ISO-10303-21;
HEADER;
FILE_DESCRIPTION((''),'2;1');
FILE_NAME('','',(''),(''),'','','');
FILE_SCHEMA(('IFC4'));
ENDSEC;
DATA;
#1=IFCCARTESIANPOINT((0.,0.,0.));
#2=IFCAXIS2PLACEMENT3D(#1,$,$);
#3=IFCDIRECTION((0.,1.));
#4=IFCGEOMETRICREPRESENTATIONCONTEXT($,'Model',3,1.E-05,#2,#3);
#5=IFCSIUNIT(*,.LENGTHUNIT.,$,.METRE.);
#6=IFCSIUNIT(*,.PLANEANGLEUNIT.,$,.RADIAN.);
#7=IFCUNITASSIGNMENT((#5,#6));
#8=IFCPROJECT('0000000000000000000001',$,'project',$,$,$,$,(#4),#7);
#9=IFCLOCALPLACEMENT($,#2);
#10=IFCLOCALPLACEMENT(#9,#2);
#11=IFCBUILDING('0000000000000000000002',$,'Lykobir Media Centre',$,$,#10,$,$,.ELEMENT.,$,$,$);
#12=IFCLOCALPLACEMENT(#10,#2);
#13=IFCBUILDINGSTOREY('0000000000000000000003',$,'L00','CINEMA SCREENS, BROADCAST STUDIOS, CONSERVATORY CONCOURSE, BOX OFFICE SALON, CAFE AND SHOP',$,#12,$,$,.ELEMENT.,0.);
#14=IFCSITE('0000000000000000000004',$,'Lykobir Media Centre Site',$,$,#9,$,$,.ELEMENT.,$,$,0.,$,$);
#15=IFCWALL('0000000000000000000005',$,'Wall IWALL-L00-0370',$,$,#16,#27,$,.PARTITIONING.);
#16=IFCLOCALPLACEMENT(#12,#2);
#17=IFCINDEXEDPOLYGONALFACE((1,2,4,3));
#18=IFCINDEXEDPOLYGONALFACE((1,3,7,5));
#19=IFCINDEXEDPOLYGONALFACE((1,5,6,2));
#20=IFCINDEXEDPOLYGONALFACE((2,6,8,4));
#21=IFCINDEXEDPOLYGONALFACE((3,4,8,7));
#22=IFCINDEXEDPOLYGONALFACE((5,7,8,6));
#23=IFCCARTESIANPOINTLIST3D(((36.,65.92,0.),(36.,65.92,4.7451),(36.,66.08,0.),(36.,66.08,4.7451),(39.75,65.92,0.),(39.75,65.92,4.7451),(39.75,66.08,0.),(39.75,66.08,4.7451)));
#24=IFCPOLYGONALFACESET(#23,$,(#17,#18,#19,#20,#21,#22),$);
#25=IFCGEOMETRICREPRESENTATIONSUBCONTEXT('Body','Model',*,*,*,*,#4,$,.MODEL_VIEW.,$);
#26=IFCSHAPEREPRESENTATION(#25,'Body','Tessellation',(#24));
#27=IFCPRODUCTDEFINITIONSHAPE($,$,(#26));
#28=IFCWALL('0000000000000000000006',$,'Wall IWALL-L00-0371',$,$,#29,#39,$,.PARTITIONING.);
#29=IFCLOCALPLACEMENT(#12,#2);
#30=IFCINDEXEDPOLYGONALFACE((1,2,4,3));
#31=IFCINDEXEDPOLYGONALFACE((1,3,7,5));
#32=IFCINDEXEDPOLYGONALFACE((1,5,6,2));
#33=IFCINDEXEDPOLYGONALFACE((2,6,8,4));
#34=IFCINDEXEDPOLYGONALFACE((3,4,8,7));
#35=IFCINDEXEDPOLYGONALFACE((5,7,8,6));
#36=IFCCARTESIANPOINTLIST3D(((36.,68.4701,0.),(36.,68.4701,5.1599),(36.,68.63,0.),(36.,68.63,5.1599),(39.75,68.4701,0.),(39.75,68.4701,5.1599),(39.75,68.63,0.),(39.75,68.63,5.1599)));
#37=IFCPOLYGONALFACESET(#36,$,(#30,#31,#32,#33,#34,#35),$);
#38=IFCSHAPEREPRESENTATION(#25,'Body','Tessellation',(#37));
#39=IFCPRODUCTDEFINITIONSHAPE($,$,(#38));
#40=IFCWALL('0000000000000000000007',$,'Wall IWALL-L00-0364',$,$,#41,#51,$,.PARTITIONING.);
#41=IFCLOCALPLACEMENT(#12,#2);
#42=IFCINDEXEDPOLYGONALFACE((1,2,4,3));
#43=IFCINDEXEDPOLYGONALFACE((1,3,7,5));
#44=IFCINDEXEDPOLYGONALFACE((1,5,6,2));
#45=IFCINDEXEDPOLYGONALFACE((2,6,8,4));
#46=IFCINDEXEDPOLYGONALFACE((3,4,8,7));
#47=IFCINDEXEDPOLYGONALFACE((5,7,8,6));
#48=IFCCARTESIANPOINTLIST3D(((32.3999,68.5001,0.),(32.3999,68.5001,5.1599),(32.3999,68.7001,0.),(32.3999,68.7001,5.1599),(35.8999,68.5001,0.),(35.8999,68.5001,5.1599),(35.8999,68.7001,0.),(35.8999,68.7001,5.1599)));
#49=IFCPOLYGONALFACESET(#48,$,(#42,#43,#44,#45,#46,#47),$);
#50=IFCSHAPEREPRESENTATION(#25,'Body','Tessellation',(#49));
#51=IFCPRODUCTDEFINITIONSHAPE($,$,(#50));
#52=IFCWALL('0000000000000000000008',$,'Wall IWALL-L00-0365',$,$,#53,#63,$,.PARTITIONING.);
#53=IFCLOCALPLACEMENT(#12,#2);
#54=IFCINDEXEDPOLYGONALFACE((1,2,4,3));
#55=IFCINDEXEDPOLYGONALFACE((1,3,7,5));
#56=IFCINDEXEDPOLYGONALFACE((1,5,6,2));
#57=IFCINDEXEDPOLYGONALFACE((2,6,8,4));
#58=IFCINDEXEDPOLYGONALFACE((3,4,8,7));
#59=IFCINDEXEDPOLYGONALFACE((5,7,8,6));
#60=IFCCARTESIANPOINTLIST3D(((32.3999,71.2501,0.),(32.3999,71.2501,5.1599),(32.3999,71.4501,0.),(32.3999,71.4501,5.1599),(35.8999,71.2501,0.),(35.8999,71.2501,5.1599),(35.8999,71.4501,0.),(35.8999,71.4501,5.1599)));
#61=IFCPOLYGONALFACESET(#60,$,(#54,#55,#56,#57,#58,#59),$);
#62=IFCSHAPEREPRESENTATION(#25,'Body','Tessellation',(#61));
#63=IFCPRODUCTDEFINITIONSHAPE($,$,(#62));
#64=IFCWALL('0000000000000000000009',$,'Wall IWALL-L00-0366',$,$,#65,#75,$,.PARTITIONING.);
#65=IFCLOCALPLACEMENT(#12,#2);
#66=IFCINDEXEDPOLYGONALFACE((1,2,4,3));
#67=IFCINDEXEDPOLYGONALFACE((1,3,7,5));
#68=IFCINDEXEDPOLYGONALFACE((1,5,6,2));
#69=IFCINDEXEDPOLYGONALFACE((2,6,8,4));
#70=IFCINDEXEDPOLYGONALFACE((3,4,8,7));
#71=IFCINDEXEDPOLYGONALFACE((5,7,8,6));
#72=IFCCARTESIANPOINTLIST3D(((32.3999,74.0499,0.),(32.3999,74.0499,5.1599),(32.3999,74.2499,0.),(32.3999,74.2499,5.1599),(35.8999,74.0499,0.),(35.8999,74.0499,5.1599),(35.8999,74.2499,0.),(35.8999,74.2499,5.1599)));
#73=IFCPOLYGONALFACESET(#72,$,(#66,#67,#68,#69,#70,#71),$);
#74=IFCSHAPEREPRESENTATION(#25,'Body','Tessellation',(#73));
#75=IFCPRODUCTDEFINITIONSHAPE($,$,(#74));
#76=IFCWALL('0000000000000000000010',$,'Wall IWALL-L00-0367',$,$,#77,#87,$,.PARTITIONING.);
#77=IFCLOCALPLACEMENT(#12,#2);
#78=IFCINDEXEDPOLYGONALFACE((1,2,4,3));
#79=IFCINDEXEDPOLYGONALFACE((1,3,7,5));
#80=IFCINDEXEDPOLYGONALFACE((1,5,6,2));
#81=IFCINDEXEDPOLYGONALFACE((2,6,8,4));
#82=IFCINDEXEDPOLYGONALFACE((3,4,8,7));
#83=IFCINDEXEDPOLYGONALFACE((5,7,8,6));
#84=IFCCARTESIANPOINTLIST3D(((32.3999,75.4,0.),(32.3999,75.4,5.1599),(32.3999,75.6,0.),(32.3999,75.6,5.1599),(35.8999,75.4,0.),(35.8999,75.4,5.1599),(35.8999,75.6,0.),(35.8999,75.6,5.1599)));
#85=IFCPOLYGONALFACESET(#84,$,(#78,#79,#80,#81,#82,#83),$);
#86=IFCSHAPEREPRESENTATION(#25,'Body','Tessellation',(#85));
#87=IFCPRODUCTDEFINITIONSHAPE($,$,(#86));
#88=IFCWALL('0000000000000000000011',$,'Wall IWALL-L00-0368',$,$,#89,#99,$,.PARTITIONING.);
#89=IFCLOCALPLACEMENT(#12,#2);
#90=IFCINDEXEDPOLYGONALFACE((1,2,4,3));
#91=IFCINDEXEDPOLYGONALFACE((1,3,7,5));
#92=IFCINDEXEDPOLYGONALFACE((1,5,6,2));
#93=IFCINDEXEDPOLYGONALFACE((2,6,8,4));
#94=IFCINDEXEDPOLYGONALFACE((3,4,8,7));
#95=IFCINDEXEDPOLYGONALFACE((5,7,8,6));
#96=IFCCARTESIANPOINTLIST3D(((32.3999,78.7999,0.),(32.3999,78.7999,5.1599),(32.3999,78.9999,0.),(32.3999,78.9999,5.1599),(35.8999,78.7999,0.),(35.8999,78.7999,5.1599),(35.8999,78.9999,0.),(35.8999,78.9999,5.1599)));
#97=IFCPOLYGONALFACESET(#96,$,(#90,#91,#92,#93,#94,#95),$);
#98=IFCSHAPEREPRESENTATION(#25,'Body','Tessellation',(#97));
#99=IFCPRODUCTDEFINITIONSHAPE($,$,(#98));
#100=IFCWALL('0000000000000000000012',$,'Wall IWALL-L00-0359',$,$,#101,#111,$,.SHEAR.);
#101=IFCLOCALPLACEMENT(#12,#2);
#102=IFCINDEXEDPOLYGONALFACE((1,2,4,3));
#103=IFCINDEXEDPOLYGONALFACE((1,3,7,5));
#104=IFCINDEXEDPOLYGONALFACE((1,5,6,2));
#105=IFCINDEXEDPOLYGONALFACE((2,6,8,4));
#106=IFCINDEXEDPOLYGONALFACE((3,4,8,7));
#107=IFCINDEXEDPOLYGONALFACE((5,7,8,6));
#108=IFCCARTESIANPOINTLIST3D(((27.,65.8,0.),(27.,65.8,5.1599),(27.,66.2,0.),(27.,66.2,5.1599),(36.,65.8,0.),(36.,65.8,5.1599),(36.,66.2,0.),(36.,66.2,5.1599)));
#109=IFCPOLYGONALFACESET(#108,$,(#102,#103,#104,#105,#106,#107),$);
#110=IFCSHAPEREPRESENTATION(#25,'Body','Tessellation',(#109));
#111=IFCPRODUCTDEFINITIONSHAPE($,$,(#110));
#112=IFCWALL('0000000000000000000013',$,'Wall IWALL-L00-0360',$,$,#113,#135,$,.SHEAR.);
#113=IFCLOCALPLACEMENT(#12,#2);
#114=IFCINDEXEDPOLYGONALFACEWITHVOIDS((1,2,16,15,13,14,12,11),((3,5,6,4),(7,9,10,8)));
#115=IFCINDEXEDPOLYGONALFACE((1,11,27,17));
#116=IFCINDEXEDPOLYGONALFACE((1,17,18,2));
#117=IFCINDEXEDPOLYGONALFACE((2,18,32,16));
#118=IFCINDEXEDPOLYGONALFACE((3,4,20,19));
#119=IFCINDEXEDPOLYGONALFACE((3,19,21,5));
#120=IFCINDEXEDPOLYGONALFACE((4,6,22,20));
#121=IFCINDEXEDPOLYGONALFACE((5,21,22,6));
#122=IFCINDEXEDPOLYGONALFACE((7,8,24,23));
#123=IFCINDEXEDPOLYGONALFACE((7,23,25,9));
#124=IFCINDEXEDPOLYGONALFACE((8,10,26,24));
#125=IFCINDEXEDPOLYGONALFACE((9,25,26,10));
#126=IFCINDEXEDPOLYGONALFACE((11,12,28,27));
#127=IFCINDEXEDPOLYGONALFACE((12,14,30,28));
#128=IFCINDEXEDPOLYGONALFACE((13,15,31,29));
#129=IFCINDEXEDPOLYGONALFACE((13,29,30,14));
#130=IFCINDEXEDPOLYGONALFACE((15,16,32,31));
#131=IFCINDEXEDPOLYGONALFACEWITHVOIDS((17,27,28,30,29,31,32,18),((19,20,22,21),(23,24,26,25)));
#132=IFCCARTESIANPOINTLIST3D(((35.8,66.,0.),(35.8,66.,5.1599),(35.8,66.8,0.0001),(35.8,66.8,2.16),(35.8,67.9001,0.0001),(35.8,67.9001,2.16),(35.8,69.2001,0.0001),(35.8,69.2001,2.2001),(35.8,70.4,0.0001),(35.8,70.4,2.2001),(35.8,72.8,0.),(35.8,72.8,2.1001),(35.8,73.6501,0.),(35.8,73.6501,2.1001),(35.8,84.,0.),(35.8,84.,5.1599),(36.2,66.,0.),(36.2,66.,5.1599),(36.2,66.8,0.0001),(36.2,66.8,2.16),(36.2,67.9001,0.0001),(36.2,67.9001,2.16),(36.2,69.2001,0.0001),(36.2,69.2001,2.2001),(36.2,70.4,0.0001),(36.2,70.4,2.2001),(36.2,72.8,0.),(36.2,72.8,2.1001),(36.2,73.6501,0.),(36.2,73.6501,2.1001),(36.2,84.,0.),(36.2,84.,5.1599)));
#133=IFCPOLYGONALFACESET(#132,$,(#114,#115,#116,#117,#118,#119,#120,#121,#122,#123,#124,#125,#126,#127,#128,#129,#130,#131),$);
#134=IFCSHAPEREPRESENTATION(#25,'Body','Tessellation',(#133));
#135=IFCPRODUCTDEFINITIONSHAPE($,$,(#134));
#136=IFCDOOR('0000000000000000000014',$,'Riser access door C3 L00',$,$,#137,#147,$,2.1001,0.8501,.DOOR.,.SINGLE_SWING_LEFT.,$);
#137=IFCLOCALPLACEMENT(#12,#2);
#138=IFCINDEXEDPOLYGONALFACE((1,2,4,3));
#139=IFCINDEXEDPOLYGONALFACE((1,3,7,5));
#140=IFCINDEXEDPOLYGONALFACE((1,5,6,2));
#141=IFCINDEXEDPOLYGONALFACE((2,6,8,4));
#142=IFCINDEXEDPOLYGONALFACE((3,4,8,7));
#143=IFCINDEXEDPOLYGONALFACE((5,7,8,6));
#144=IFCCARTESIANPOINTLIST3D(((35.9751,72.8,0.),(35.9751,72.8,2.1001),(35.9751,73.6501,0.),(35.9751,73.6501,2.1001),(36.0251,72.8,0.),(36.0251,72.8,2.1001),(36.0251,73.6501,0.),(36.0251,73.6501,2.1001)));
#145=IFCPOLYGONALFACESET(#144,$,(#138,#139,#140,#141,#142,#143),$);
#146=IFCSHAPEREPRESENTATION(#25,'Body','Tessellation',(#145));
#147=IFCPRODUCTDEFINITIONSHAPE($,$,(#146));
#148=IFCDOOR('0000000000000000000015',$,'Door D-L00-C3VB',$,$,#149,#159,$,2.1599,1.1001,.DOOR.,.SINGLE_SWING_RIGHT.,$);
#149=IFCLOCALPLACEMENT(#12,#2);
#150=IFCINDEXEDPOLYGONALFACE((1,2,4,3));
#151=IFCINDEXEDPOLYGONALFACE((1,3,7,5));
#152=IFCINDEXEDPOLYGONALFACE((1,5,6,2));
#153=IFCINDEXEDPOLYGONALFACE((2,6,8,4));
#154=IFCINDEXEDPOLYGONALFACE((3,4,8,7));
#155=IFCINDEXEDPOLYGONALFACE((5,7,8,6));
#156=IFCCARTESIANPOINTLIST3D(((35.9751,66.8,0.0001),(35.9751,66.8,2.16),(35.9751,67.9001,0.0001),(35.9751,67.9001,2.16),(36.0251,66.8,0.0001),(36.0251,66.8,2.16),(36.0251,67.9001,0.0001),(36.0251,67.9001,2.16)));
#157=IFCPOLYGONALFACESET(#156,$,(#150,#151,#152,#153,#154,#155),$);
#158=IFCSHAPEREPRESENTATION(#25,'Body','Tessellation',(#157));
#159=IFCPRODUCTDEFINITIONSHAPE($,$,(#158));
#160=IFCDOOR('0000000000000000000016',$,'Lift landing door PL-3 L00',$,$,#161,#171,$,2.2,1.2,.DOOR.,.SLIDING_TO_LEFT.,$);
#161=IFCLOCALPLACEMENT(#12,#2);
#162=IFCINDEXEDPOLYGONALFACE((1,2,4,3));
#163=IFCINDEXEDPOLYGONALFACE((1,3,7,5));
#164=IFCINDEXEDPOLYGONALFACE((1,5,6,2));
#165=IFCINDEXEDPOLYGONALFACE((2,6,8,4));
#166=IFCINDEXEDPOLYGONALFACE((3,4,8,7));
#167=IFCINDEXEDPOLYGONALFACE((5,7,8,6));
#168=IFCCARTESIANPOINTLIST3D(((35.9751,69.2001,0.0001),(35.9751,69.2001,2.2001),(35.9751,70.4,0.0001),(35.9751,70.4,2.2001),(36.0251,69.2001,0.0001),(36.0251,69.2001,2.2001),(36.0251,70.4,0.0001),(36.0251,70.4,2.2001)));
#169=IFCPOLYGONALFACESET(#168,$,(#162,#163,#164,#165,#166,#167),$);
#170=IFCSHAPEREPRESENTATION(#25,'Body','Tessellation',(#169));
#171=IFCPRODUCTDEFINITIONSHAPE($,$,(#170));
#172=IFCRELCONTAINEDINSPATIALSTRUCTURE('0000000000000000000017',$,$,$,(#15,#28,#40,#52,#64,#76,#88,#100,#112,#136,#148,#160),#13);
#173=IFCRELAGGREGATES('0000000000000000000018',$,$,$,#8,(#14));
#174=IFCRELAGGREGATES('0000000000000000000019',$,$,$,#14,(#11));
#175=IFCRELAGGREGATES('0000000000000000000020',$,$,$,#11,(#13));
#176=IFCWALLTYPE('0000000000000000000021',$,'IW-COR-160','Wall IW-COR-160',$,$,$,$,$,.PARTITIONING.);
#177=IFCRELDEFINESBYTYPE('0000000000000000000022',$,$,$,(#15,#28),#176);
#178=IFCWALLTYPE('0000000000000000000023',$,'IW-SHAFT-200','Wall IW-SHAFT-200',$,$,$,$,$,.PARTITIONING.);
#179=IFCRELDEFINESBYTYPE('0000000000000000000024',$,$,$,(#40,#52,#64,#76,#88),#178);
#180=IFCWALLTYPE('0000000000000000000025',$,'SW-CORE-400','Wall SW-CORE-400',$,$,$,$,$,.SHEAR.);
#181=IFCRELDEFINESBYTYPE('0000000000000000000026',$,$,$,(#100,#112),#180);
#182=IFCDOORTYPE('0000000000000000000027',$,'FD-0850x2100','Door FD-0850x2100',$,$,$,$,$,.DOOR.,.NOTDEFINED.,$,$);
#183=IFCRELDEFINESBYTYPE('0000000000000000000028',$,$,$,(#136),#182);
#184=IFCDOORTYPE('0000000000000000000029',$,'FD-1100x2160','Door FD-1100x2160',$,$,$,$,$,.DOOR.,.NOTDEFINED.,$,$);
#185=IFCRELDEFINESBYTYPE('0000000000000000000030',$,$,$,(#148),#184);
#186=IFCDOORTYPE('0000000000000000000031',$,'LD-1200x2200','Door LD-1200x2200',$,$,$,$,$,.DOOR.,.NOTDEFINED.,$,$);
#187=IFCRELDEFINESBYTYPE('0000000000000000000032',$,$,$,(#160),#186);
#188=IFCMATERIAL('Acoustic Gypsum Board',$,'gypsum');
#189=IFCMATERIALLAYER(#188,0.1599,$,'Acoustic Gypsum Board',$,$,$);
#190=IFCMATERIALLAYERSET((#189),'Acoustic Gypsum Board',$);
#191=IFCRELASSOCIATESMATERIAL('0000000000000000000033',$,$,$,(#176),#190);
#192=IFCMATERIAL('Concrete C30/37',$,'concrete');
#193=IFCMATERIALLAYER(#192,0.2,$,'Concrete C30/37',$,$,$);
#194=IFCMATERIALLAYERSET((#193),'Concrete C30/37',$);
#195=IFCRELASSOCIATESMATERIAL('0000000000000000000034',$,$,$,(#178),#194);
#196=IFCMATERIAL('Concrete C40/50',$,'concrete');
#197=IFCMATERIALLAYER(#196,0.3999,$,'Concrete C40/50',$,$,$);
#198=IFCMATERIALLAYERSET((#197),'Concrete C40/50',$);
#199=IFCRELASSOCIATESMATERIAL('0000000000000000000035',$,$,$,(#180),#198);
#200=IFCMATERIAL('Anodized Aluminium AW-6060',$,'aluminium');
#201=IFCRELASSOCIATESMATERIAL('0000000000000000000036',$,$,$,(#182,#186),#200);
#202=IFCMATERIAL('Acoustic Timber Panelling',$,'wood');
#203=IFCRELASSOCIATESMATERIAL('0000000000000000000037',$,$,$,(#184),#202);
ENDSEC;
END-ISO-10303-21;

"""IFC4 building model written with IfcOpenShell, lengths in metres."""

from ifc_helpers import new_model, si_unit, direction, frame, frame_2d, origin, place, context, subcontext, project, spatial, rectangle, extrude, material, layer, layer_set, type_object, element, fill, save


model = new_model("IFC4")

# Units and contexts
model_context = context("Model", 3, precision=1e-05, world=origin(), true_north=direction((0.0, 1.0)))
body_context = subcontext(model_context, "Body", "Model", "MODEL_VIEW")
ifc_project = project(units=[si_unit("LENGTHUNIT", "METRE"), si_unit("PLANEANGLEUNIT", "RADIAN")], contexts=[model_context])

# Site, building, storey
site_placement = place(None, origin())
site = spatial("IfcSite", under=ifc_project, at=site_placement, Name="Lykobir Media Centre Site", CompositionType="ELEMENT", RefElevation=0.0)
building_placement = place(site_placement, origin())
building = spatial("IfcBuilding", under=site, at=building_placement, Name="Lykobir Media Centre", CompositionType="ELEMENT")
storey_placement = place(building_placement, origin())
storey = spatial("IfcBuildingStorey", under=building, at=storey_placement, Name="L00", Description="CINEMA SCREENS, BROADCAST STUDIOS, CONSERVATORY CONCOURSE, BOX OFFICE SALON, CAFE AND SHOP", CompositionType="ELEMENT", Elevation=0.0)

# Shared definitions
ifc_material_1 = material(Name="Concrete C40/50", Category="concrete")

# Walls
ifc_material_2 = material(Name="Acoustic Gypsum Board", Category="gypsum")
ifc_layer_1 = layer(ifc_material_2, 0.1599, Name="Acoustic Gypsum Board")
ifc_layer_set_1 = layer_set([ifc_layer_1], Name="Acoustic Gypsum Board")
wall_type_1 = type_object("IfcWallType", Name="IW-COR-160", Description="Wall IW-COR-160", PredefinedType="PARTITIONING", material=ifc_layer_set_1)
wall_1_placement = place(storey_placement, frame((36.0, 66.0, 0.0), z_axis=(0.0, 0.0, 1.0), x_axis=(1.0, 0.0, 0.0)))
element("IfcWall", 1, at=wall_1_placement, inside=storey, type_object=wall_type_1, Name="Wall IWALL-L00-0370", PredefinedType="PARTITIONING", context=body_context, shape_type="SweptSolid", body=[
    extrude(rectangle(XDim=3.75, YDim=0.1599, at=frame_2d((1.875, 0.0))), origin(), (0.0, 0.0, 1.0), 4.7451),
])
wall_2_placement = place(storey_placement, frame((36.0, 68.55, 0.0), z_axis=(0.0, 0.0, 1.0), x_axis=(1.0, 0.0, 0.0)))
element("IfcWall", 2, at=wall_2_placement, inside=storey, type_object=wall_type_1, Name="Wall IWALL-L00-0371", PredefinedType="PARTITIONING", context=body_context, shape_type="SweptSolid", body=[
    extrude(rectangle(XDim=3.75, YDim=0.1599, at=frame_2d((1.875, 0.0))), origin(), (0.0, 0.0, 1.0), 5.1599),
])
ifc_material_3 = material(Name="Concrete C30/37", Category="concrete")
ifc_layer_2 = layer(ifc_material_3, 0.2, Name="Concrete C30/37")
ifc_layer_set_2 = layer_set([ifc_layer_2], Name="Concrete C30/37")
wall_type_2 = type_object("IfcWallType", Name="IW-SHAFT-200", Description="Wall IW-SHAFT-200", PredefinedType="PARTITIONING", material=ifc_layer_set_2)
for number, where, z_axis, x_axis, name in (
    (3, (32.3999, 68.6001, 0.0), (0.0, 0.0, 1.0), (1.0, 0.0, 0.0), "Wall IWALL-L00-0364"),
    (4, (32.3999, 71.3501, 0.0), (0.0, 0.0, 1.0), (1.0, 0.0, 0.0), "Wall IWALL-L00-0365"),
    (5, (32.3999, 74.1499, 0.0), (0.0, 0.0, 1.0), (1.0, 0.0, 0.0), "Wall IWALL-L00-0366"),
    (6, (32.3999, 75.5, 0.0), (0.0, 0.0, 1.0), (1.0, 0.0, 0.0), "Wall IWALL-L00-0367"),
    (7, (32.3999, 78.8999, 0.0), (0.0, 0.0, 1.0), (1.0, 0.0, 0.0), "Wall IWALL-L00-0368"),
):
    element("IfcWall", number, at=place(storey_placement, frame(where, z_axis=z_axis, x_axis=x_axis)), inside=storey, type_object=wall_type_2, Name=name, PredefinedType="PARTITIONING", context=body_context, shape_type="SweptSolid", body=[
        extrude(rectangle(XDim=3.5, YDim=0.2, at=frame_2d((1.75, 0.0))), origin(), (0.0, 0.0, 1.0), 5.1599),
    ])
ifc_layer_3 = layer(ifc_material_1, 0.3999, Name="Concrete C40/50")
ifc_layer_set_3 = layer_set([ifc_layer_3], Name="Concrete C40/50")
wall_type_3 = type_object("IfcWallType", Name="SW-CORE-400", Description="Wall SW-CORE-400", PredefinedType="SHEAR", material=ifc_layer_set_3)
wall_3_placement = place(storey_placement, frame((27.0, 66.0, 0.0), z_axis=(0.0, 0.0, 1.0), x_axis=(1.0, 0.0, 0.0)))
element("IfcWall", 8, at=wall_3_placement, inside=storey, type_object=wall_type_3, Name="Wall IWALL-L00-0359", PredefinedType="SHEAR", context=body_context, shape_type="SweptSolid", body=[
    extrude(rectangle(XDim=9.0, YDim=0.3999, at=frame_2d((4.5, 0.0))), origin(), (0.0, 0.0, 1.0), 5.1599),
])

# Wall, openings, doors
wall_4_placement = place(storey_placement, frame((36.0, 66.0, 0.0), z_axis=(0.0, 0.0, 1.0), x_axis=(0.0, 1.0, 0.0)))
wall_4 = element("IfcWall", 9, at=wall_4_placement, inside=storey, type_object=wall_type_3, Name="Wall IWALL-L00-0360", PredefinedType="SHEAR", context=body_context, shape_type="SweptSolid", body=[
    extrude(rectangle(XDim=18.0, YDim=0.3999, at=frame_2d((9.0, 0.0))), origin(), (0.0, 0.0, 1.0), 5.1599),
])
opening_1_placement = place(wall_4_placement, frame((0.8, 0.0, 0.0)))
opening_1 = element("IfcOpeningElement", 10, at=opening_1_placement, cuts=wall_4, PredefinedType="OPENING", context=body_context, shape_type="SweptSolid", body=[
    extrude(rectangle(XDim=1.1001, YDim=2.1599, at=frame_2d((0.55, 1.0801))), frame((0.0, 0.21, 0.0), z_axis=(0.0, -1.0, 0.0), x_axis=(1.0, 0.0, 0.0)), (0.0, 0.0, 1.0), 0.4199),
])
opening_2_placement = place(wall_4_placement, frame((3.2, 0.0, 0.0)))
opening_2 = element("IfcOpeningElement", 11, at=opening_2_placement, cuts=wall_4, PredefinedType="OPENING", context=body_context, shape_type="SweptSolid", body=[
    extrude(rectangle(XDim=1.2, YDim=2.2, at=frame_2d((0.6001, 1.1001))), frame((0.0, 0.21, 0.0), z_axis=(0.0, -1.0, 0.0), x_axis=(1.0, 0.0, 0.0)), (0.0, 0.0, 1.0), 0.4199),
])
opening_3_placement = place(wall_4_placement, frame((6.8, 0.0, 0.0)))
opening_3 = element("IfcOpeningElement", 12, at=opening_3_placement, cuts=wall_4, PredefinedType="OPENING", context=body_context, shape_type="SweptSolid", body=[
    extrude(rectangle(XDim=0.8501, YDim=2.1001, at=frame_2d((0.425, 1.05))), frame((0.0, 0.21, 0.0), z_axis=(0.0, -1.0, 0.0), x_axis=(1.0, 0.0, 0.0)), (0.0, 0.0, 1.0), 0.4199),
])
ifc_material_4 = material(Name="Anodized Aluminium AW-6060", Category="aluminium")
door_type_1 = type_object("IfcDoorType", Name="FD-0850x2100", Description="Door FD-0850x2100", OperationType="NOTDEFINED", PredefinedType="DOOR", material=ifc_material_4)
door_1_placement = place(opening_3_placement, origin())
door_1 = element("IfcDoor", 13, at=door_1_placement, inside=storey, type_object=door_type_1, Name="Riser access door C3 L00", OperationType="SINGLE_SWING_LEFT", OverallHeight=2.1001, OverallWidth=0.8501, PredefinedType="DOOR", context=body_context, shape_type="SweptSolid", body=[
    extrude(rectangle(XDim=0.8501, YDim=2.1001, at=frame_2d((0.425, 1.05))), frame((0.0, 0.0249, 0.0), z_axis=(0.0, -1.0, 0.0), x_axis=(1.0, 0.0, 0.0)), (0.0, 0.0, 1.0), 0.05),
])
fill(opening_3, door_1)
ifc_material_5 = material(Name="Acoustic Timber Panelling", Category="wood")
door_type_2 = type_object("IfcDoorType", Name="FD-1100x2160", Description="Door FD-1100x2160", OperationType="NOTDEFINED", PredefinedType="DOOR", material=ifc_material_5)
door_2_placement = place(opening_1_placement, origin())
door_2 = element("IfcDoor", 14, at=door_2_placement, inside=storey, type_object=door_type_2, Name="Door D-L00-C3VB", OperationType="SINGLE_SWING_RIGHT", OverallHeight=2.1599, OverallWidth=1.1001, PredefinedType="DOOR", context=body_context, shape_type="SweptSolid", body=[
    extrude(rectangle(XDim=1.1001, YDim=2.1599, at=frame_2d((0.55, 1.0801))), frame((0.0, 0.0249, 0.0), z_axis=(0.0, -1.0, 0.0), x_axis=(1.0, 0.0, 0.0)), (0.0, 0.0, 1.0), 0.05),
])
fill(opening_1, door_2)
door_type_3 = type_object("IfcDoorType", Name="LD-1200x2200", Description="Door LD-1200x2200", OperationType="NOTDEFINED", PredefinedType="DOOR", material=ifc_material_4)
door_3_placement = place(opening_2_placement, origin())
door_3 = element("IfcDoor", 15, at=door_3_placement, inside=storey, type_object=door_type_3, Name="Lift landing door PL-3 L00", OperationType="SLIDING_TO_LEFT", OverallHeight=2.2, OverallWidth=1.2, PredefinedType="DOOR", context=body_context, shape_type="SweptSolid", body=[
    extrude(rectangle(XDim=1.2, YDim=2.2, at=frame_2d((0.6001, 1.1001))), frame((0.0, 0.0249, 0.0), z_axis=(0.0, -1.0, 0.0), x_axis=(1.0, 0.0, 0.0)), (0.0, 0.0, 1.0), 0.05),
])
fill(opening_2, door_3)

save(model, "model.ifc")
